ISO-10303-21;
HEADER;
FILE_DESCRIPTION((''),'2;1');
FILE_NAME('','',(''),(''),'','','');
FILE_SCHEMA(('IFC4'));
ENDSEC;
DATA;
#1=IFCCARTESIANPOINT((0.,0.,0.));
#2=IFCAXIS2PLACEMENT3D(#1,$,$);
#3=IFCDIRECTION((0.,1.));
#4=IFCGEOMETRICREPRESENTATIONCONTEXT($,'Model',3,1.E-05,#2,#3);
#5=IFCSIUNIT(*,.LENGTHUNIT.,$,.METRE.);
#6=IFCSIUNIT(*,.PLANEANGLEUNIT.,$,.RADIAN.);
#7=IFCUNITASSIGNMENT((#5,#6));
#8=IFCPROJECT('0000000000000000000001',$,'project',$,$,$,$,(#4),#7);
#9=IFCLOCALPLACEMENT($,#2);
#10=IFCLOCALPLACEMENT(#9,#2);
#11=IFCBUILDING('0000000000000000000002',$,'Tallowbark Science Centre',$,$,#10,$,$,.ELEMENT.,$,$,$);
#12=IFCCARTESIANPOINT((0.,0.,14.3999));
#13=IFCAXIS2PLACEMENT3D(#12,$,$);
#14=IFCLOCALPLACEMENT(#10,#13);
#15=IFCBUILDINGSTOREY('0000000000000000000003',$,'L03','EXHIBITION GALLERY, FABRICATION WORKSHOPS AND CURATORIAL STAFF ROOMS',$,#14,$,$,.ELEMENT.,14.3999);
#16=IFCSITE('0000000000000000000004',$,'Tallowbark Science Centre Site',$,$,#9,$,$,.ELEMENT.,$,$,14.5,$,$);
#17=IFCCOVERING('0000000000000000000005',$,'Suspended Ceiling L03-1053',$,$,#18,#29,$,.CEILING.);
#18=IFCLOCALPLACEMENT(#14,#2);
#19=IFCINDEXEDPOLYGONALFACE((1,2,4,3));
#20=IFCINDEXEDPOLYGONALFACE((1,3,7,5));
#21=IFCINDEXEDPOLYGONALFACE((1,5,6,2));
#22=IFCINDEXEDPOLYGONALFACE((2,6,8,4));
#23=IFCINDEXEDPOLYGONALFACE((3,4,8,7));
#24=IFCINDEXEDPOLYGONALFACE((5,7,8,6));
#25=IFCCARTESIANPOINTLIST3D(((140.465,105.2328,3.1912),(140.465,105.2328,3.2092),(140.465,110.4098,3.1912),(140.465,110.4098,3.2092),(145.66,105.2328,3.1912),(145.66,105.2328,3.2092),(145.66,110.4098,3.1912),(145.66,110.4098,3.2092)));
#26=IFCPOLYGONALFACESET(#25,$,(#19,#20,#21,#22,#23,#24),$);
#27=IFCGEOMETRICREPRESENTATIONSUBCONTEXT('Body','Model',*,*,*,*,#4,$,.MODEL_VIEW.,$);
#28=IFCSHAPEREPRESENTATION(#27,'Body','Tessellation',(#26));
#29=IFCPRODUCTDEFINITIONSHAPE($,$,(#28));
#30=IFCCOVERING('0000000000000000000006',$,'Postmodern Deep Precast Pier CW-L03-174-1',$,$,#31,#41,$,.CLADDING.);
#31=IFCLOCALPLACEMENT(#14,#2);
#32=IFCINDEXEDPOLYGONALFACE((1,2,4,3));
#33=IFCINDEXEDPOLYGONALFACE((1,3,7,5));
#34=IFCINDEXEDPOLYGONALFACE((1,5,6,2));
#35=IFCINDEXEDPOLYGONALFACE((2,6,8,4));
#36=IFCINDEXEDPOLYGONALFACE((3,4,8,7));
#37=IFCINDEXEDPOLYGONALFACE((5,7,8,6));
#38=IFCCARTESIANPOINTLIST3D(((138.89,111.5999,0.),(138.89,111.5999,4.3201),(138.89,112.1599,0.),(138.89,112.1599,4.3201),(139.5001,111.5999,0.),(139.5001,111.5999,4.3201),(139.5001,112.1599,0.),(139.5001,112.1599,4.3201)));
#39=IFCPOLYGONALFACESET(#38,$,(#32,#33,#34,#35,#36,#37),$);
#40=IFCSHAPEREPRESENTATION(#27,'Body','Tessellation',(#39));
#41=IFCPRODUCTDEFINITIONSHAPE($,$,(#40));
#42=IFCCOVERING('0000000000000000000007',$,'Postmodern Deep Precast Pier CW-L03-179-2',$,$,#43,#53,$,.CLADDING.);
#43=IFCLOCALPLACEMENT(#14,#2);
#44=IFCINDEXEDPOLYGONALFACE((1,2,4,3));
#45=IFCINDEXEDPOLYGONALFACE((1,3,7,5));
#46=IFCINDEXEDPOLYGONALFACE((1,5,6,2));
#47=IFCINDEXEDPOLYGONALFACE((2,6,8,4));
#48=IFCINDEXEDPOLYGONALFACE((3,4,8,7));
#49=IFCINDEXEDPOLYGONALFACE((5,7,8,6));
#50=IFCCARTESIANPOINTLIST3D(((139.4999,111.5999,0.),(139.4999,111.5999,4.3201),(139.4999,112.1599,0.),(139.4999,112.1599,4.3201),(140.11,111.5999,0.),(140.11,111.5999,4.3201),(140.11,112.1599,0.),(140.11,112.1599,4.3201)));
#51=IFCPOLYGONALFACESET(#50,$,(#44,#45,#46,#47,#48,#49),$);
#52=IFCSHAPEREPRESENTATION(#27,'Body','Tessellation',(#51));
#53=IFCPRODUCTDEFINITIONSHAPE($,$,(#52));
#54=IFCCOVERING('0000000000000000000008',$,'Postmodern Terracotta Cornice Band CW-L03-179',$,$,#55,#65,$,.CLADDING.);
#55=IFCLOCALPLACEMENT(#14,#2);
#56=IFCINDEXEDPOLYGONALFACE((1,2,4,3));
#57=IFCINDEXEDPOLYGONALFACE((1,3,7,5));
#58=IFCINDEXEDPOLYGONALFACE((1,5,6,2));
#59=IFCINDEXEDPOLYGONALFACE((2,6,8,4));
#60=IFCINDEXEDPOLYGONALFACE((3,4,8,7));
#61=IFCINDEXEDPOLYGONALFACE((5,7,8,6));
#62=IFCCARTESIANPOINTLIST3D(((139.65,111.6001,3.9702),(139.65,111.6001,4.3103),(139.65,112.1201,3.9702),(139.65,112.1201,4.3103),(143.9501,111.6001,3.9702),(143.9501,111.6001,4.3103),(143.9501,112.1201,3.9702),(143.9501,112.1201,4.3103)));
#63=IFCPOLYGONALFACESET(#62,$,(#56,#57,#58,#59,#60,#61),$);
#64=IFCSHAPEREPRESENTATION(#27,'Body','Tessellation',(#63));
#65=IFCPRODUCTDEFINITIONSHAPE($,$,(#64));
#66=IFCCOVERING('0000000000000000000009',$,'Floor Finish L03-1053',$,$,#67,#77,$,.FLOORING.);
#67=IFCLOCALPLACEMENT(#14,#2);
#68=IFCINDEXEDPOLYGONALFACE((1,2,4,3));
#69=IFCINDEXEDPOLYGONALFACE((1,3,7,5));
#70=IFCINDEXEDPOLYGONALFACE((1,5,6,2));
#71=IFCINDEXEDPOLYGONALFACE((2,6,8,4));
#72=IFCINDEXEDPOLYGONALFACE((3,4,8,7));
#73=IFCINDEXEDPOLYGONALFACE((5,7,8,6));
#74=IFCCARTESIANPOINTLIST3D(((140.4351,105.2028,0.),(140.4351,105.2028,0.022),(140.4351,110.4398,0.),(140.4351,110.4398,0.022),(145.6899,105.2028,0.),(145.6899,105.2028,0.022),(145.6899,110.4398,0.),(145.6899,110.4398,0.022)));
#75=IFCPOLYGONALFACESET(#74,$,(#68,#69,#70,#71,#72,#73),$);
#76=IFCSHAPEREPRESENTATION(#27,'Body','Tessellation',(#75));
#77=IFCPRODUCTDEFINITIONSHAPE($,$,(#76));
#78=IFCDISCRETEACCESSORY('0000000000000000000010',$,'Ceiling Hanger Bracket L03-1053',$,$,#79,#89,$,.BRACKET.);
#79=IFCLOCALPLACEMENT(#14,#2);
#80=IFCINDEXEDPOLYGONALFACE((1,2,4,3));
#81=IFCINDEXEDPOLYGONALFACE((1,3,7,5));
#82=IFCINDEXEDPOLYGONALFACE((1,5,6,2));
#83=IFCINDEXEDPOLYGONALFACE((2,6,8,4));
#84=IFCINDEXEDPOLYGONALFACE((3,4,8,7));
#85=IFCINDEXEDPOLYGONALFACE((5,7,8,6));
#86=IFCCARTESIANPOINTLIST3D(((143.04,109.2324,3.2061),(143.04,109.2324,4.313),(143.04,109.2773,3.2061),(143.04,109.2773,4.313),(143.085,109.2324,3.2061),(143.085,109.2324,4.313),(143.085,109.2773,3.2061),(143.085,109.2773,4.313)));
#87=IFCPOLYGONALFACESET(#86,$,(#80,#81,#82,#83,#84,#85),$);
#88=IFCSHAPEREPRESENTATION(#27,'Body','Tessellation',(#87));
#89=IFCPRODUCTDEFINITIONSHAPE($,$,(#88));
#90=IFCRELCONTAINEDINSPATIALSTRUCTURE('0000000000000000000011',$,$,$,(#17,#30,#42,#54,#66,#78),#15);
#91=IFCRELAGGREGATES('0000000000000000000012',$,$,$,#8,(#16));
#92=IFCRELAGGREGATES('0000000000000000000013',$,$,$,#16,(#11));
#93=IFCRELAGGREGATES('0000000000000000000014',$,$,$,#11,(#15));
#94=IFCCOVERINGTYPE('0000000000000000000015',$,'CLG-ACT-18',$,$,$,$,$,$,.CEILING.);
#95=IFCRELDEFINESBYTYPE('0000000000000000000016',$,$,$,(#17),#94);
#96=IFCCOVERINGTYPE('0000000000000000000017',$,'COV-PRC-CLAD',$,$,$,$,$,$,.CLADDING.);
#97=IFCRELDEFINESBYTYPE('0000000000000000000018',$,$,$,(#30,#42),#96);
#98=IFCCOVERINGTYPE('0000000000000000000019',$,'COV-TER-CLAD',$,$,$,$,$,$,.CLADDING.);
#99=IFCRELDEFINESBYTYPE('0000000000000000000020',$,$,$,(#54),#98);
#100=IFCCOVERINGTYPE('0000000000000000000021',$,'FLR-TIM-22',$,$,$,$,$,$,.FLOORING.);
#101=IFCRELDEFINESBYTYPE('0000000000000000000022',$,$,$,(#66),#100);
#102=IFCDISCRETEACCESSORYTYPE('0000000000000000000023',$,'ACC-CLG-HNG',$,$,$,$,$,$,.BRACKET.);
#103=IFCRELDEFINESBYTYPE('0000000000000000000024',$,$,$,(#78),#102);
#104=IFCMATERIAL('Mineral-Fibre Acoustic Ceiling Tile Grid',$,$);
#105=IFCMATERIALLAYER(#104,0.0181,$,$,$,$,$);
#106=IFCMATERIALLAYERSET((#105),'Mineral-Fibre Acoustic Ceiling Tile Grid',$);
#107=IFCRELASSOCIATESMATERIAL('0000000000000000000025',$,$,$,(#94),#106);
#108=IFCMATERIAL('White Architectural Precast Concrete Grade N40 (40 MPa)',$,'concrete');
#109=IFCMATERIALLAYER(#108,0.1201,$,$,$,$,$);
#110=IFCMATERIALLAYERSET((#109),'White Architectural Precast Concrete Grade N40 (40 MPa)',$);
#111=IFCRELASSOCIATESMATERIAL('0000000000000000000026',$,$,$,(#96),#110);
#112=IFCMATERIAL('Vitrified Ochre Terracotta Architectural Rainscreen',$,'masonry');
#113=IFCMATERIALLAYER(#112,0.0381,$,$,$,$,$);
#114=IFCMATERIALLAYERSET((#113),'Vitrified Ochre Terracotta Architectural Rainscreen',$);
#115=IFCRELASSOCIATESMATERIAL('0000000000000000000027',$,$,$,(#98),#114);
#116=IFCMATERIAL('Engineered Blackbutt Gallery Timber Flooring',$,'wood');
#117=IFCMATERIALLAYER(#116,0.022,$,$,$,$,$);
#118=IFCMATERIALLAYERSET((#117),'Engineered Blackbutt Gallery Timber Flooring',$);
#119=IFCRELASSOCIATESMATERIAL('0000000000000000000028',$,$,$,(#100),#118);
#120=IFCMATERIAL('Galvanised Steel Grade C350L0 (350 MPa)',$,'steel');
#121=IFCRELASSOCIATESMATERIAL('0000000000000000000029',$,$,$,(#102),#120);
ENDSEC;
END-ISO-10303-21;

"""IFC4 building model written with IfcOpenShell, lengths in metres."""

from ifc_helpers import new_model, si_unit, direction, frame, origin, origin_2d, place, context, subcontext, project, spatial, rectangle, extrude, material, layer, layer_set, type_object, element, save


model = new_model("IFC4")

# Units and contexts
model_context = context("Model", 3, precision=1e-05, world=origin(), true_north=direction((0.0, 1.0)))
body_context = subcontext(model_context, "Body", "Model", "MODEL_VIEW")
ifc_project = project(units=[si_unit("LENGTHUNIT", "METRE"), si_unit("PLANEANGLEUNIT", "RADIAN")], contexts=[model_context])

# Site, building, storey
site_placement = place(None, origin())
site = spatial("IfcSite", under=ifc_project, at=site_placement, Name="Tallowbark Science Centre Site", CompositionType="ELEMENT", RefElevation=14.5)
building_placement = place(site_placement, origin())
building = spatial("IfcBuilding", under=site, at=building_placement, Name="Tallowbark Science Centre", CompositionType="ELEMENT")
storey_placement = place(building_placement, frame((0.0, 0.0, 14.3999)))
storey = spatial("IfcBuildingStorey", under=building, at=storey_placement, Name="L03", Description="EXHIBITION GALLERY, FABRICATION WORKSHOPS AND CURATORIAL STAFF ROOMS", CompositionType="ELEMENT", Elevation=14.3999)

# Coverings
ifc_material_1 = material(Name="Mineral-Fibre Acoustic Ceiling Tile Grid")
ifc_layer_1 = layer(ifc_material_1, 0.0181)
ifc_layer_set_1 = layer_set([ifc_layer_1], Name="Mineral-Fibre Acoustic Ceiling Tile Grid")
covering_type_1 = type_object("IfcCoveringType", Name="CLG-ACT-18", PredefinedType="CEILING", material=ifc_layer_set_1)
covering_1_placement = place(storey_placement, frame((143.0625, 107.8213, 3.1912), z_axis=(0.0, 0.0, 1.0), x_axis=(1.0, 0.0, 0.0)))
element("IfcCovering", 1, at=covering_1_placement, inside=storey, type_object=covering_type_1, Name="Suspended Ceiling L03-1053", PredefinedType="CEILING", context=body_context, shape_type="SweptSolid", body=[
    extrude(rectangle(XDim=5.1951, YDim=5.177, at=origin_2d()), origin(), (0.0, 0.0, 1.0), 0.0181),
])
ifc_material_2 = material(Name="White Architectural Precast Concrete Grade N40 (40 MPa)", Category="concrete")
ifc_layer_2 = layer(ifc_material_2, 0.1201)
ifc_layer_set_2 = layer_set([ifc_layer_2], Name="White Architectural Precast Concrete Grade N40 (40 MPa)")
covering_type_2 = type_object("IfcCoveringType", Name="COV-PRC-CLAD", PredefinedType="CLADDING", material=ifc_layer_set_2)
for number, where, z_axis, x_axis, name in (
    (2, (139.1951, 111.8799, 0.0), (0.0, 0.0, 1.0), (-1.0, 0.0, 0.0), "Postmodern Deep Precast Pier CW-L03-174-1"),
    (3, (139.8049, 111.8799, 0.0), (0.0, 0.0, 1.0), (-1.0, 0.0, 0.0), "Postmodern Deep Precast Pier CW-L03-179-2"),
):
    element("IfcCovering", number, at=place(storey_placement, frame(where, z_axis=z_axis, x_axis=x_axis)), inside=storey, type_object=covering_type_2, Name=name, PredefinedType="CLADDING", context=body_context, shape_type="SweptSolid", body=[
        extrude(rectangle(XDim=0.6101, YDim=0.5601, at=origin_2d()), origin(), (0.0, 0.0, 1.0), 4.3201),
    ])
ifc_material_3 = material(Name="Vitrified Ochre Terracotta Architectural Rainscreen", Category="masonry")
ifc_layer_3 = layer(ifc_material_3, 0.0381)
ifc_layer_set_3 = layer_set([ifc_layer_3], Name="Vitrified Ochre Terracotta Architectural Rainscreen")
covering_type_3 = type_object("IfcCoveringType", Name="COV-TER-CLAD", PredefinedType="CLADDING", material=ifc_layer_set_3)
covering_2_placement = place(storey_placement, frame((141.8, 111.8601, 3.9702), z_axis=(0.0, 0.0, 1.0), x_axis=(-1.0, 0.0, 0.0)))
element("IfcCovering", 4, at=covering_2_placement, inside=storey, type_object=covering_type_3, Name="Postmodern Terracotta Cornice Band CW-L03-179", PredefinedType="CLADDING", context=body_context, shape_type="SweptSolid", body=[
    extrude(rectangle(XDim=4.3, YDim=0.52, at=origin_2d()), origin(), (0.0, 0.0, 1.0), 0.3401),
])
ifc_material_4 = material(Name="Engineered Blackbutt Gallery Timber Flooring", Category="wood")
ifc_layer_4 = layer(ifc_material_4, 0.022)
ifc_layer_set_4 = layer_set([ifc_layer_4], Name="Engineered Blackbutt Gallery Timber Flooring")
covering_type_4 = type_object("IfcCoveringType", Name="FLR-TIM-22", PredefinedType="FLOORING", material=ifc_layer_set_4)
covering_3_placement = place(storey_placement, frame((143.0625, 107.8213, 0.0), z_axis=(0.0, 0.0, 1.0), x_axis=(1.0, 0.0, 0.0)))
element("IfcCovering", 5, at=covering_3_placement, inside=storey, type_object=covering_type_4, Name="Floor Finish L03-1053", PredefinedType="FLOORING", context=body_context, shape_type="SweptSolid", body=[
    extrude(rectangle(XDim=5.2549, YDim=5.2371, at=origin_2d()), origin(), (0.0, 0.0, 1.0), 0.022),
])

# Discrete accessory
ifc_material_5 = material(Name="Galvanised Steel Grade C350L0 (350 MPa)", Category="steel")
discrete_accessory_type = type_object("IfcDiscreteAccessoryType", Name="ACC-CLG-HNG", PredefinedType="BRACKET", material=ifc_material_5)
discrete_accessory_placement = place(storey_placement, frame((143.0625, 109.2549, 3.2061), z_axis=(0.0, 0.0, 1.0), x_axis=(1.0, 0.0, 0.0)))
element("IfcDiscreteAccessory", 6, at=discrete_accessory_placement, inside=storey, type_object=discrete_accessory_type, Name="Ceiling Hanger Bracket L03-1053", PredefinedType="BRACKET", context=body_context, shape_type="SweptSolid", body=[
    extrude(rectangle(XDim=0.0449, YDim=0.0449, at=origin_2d()), origin(), (0.0, 0.0, 1.0), 1.1069),
])

save(model, "model.ifc")
